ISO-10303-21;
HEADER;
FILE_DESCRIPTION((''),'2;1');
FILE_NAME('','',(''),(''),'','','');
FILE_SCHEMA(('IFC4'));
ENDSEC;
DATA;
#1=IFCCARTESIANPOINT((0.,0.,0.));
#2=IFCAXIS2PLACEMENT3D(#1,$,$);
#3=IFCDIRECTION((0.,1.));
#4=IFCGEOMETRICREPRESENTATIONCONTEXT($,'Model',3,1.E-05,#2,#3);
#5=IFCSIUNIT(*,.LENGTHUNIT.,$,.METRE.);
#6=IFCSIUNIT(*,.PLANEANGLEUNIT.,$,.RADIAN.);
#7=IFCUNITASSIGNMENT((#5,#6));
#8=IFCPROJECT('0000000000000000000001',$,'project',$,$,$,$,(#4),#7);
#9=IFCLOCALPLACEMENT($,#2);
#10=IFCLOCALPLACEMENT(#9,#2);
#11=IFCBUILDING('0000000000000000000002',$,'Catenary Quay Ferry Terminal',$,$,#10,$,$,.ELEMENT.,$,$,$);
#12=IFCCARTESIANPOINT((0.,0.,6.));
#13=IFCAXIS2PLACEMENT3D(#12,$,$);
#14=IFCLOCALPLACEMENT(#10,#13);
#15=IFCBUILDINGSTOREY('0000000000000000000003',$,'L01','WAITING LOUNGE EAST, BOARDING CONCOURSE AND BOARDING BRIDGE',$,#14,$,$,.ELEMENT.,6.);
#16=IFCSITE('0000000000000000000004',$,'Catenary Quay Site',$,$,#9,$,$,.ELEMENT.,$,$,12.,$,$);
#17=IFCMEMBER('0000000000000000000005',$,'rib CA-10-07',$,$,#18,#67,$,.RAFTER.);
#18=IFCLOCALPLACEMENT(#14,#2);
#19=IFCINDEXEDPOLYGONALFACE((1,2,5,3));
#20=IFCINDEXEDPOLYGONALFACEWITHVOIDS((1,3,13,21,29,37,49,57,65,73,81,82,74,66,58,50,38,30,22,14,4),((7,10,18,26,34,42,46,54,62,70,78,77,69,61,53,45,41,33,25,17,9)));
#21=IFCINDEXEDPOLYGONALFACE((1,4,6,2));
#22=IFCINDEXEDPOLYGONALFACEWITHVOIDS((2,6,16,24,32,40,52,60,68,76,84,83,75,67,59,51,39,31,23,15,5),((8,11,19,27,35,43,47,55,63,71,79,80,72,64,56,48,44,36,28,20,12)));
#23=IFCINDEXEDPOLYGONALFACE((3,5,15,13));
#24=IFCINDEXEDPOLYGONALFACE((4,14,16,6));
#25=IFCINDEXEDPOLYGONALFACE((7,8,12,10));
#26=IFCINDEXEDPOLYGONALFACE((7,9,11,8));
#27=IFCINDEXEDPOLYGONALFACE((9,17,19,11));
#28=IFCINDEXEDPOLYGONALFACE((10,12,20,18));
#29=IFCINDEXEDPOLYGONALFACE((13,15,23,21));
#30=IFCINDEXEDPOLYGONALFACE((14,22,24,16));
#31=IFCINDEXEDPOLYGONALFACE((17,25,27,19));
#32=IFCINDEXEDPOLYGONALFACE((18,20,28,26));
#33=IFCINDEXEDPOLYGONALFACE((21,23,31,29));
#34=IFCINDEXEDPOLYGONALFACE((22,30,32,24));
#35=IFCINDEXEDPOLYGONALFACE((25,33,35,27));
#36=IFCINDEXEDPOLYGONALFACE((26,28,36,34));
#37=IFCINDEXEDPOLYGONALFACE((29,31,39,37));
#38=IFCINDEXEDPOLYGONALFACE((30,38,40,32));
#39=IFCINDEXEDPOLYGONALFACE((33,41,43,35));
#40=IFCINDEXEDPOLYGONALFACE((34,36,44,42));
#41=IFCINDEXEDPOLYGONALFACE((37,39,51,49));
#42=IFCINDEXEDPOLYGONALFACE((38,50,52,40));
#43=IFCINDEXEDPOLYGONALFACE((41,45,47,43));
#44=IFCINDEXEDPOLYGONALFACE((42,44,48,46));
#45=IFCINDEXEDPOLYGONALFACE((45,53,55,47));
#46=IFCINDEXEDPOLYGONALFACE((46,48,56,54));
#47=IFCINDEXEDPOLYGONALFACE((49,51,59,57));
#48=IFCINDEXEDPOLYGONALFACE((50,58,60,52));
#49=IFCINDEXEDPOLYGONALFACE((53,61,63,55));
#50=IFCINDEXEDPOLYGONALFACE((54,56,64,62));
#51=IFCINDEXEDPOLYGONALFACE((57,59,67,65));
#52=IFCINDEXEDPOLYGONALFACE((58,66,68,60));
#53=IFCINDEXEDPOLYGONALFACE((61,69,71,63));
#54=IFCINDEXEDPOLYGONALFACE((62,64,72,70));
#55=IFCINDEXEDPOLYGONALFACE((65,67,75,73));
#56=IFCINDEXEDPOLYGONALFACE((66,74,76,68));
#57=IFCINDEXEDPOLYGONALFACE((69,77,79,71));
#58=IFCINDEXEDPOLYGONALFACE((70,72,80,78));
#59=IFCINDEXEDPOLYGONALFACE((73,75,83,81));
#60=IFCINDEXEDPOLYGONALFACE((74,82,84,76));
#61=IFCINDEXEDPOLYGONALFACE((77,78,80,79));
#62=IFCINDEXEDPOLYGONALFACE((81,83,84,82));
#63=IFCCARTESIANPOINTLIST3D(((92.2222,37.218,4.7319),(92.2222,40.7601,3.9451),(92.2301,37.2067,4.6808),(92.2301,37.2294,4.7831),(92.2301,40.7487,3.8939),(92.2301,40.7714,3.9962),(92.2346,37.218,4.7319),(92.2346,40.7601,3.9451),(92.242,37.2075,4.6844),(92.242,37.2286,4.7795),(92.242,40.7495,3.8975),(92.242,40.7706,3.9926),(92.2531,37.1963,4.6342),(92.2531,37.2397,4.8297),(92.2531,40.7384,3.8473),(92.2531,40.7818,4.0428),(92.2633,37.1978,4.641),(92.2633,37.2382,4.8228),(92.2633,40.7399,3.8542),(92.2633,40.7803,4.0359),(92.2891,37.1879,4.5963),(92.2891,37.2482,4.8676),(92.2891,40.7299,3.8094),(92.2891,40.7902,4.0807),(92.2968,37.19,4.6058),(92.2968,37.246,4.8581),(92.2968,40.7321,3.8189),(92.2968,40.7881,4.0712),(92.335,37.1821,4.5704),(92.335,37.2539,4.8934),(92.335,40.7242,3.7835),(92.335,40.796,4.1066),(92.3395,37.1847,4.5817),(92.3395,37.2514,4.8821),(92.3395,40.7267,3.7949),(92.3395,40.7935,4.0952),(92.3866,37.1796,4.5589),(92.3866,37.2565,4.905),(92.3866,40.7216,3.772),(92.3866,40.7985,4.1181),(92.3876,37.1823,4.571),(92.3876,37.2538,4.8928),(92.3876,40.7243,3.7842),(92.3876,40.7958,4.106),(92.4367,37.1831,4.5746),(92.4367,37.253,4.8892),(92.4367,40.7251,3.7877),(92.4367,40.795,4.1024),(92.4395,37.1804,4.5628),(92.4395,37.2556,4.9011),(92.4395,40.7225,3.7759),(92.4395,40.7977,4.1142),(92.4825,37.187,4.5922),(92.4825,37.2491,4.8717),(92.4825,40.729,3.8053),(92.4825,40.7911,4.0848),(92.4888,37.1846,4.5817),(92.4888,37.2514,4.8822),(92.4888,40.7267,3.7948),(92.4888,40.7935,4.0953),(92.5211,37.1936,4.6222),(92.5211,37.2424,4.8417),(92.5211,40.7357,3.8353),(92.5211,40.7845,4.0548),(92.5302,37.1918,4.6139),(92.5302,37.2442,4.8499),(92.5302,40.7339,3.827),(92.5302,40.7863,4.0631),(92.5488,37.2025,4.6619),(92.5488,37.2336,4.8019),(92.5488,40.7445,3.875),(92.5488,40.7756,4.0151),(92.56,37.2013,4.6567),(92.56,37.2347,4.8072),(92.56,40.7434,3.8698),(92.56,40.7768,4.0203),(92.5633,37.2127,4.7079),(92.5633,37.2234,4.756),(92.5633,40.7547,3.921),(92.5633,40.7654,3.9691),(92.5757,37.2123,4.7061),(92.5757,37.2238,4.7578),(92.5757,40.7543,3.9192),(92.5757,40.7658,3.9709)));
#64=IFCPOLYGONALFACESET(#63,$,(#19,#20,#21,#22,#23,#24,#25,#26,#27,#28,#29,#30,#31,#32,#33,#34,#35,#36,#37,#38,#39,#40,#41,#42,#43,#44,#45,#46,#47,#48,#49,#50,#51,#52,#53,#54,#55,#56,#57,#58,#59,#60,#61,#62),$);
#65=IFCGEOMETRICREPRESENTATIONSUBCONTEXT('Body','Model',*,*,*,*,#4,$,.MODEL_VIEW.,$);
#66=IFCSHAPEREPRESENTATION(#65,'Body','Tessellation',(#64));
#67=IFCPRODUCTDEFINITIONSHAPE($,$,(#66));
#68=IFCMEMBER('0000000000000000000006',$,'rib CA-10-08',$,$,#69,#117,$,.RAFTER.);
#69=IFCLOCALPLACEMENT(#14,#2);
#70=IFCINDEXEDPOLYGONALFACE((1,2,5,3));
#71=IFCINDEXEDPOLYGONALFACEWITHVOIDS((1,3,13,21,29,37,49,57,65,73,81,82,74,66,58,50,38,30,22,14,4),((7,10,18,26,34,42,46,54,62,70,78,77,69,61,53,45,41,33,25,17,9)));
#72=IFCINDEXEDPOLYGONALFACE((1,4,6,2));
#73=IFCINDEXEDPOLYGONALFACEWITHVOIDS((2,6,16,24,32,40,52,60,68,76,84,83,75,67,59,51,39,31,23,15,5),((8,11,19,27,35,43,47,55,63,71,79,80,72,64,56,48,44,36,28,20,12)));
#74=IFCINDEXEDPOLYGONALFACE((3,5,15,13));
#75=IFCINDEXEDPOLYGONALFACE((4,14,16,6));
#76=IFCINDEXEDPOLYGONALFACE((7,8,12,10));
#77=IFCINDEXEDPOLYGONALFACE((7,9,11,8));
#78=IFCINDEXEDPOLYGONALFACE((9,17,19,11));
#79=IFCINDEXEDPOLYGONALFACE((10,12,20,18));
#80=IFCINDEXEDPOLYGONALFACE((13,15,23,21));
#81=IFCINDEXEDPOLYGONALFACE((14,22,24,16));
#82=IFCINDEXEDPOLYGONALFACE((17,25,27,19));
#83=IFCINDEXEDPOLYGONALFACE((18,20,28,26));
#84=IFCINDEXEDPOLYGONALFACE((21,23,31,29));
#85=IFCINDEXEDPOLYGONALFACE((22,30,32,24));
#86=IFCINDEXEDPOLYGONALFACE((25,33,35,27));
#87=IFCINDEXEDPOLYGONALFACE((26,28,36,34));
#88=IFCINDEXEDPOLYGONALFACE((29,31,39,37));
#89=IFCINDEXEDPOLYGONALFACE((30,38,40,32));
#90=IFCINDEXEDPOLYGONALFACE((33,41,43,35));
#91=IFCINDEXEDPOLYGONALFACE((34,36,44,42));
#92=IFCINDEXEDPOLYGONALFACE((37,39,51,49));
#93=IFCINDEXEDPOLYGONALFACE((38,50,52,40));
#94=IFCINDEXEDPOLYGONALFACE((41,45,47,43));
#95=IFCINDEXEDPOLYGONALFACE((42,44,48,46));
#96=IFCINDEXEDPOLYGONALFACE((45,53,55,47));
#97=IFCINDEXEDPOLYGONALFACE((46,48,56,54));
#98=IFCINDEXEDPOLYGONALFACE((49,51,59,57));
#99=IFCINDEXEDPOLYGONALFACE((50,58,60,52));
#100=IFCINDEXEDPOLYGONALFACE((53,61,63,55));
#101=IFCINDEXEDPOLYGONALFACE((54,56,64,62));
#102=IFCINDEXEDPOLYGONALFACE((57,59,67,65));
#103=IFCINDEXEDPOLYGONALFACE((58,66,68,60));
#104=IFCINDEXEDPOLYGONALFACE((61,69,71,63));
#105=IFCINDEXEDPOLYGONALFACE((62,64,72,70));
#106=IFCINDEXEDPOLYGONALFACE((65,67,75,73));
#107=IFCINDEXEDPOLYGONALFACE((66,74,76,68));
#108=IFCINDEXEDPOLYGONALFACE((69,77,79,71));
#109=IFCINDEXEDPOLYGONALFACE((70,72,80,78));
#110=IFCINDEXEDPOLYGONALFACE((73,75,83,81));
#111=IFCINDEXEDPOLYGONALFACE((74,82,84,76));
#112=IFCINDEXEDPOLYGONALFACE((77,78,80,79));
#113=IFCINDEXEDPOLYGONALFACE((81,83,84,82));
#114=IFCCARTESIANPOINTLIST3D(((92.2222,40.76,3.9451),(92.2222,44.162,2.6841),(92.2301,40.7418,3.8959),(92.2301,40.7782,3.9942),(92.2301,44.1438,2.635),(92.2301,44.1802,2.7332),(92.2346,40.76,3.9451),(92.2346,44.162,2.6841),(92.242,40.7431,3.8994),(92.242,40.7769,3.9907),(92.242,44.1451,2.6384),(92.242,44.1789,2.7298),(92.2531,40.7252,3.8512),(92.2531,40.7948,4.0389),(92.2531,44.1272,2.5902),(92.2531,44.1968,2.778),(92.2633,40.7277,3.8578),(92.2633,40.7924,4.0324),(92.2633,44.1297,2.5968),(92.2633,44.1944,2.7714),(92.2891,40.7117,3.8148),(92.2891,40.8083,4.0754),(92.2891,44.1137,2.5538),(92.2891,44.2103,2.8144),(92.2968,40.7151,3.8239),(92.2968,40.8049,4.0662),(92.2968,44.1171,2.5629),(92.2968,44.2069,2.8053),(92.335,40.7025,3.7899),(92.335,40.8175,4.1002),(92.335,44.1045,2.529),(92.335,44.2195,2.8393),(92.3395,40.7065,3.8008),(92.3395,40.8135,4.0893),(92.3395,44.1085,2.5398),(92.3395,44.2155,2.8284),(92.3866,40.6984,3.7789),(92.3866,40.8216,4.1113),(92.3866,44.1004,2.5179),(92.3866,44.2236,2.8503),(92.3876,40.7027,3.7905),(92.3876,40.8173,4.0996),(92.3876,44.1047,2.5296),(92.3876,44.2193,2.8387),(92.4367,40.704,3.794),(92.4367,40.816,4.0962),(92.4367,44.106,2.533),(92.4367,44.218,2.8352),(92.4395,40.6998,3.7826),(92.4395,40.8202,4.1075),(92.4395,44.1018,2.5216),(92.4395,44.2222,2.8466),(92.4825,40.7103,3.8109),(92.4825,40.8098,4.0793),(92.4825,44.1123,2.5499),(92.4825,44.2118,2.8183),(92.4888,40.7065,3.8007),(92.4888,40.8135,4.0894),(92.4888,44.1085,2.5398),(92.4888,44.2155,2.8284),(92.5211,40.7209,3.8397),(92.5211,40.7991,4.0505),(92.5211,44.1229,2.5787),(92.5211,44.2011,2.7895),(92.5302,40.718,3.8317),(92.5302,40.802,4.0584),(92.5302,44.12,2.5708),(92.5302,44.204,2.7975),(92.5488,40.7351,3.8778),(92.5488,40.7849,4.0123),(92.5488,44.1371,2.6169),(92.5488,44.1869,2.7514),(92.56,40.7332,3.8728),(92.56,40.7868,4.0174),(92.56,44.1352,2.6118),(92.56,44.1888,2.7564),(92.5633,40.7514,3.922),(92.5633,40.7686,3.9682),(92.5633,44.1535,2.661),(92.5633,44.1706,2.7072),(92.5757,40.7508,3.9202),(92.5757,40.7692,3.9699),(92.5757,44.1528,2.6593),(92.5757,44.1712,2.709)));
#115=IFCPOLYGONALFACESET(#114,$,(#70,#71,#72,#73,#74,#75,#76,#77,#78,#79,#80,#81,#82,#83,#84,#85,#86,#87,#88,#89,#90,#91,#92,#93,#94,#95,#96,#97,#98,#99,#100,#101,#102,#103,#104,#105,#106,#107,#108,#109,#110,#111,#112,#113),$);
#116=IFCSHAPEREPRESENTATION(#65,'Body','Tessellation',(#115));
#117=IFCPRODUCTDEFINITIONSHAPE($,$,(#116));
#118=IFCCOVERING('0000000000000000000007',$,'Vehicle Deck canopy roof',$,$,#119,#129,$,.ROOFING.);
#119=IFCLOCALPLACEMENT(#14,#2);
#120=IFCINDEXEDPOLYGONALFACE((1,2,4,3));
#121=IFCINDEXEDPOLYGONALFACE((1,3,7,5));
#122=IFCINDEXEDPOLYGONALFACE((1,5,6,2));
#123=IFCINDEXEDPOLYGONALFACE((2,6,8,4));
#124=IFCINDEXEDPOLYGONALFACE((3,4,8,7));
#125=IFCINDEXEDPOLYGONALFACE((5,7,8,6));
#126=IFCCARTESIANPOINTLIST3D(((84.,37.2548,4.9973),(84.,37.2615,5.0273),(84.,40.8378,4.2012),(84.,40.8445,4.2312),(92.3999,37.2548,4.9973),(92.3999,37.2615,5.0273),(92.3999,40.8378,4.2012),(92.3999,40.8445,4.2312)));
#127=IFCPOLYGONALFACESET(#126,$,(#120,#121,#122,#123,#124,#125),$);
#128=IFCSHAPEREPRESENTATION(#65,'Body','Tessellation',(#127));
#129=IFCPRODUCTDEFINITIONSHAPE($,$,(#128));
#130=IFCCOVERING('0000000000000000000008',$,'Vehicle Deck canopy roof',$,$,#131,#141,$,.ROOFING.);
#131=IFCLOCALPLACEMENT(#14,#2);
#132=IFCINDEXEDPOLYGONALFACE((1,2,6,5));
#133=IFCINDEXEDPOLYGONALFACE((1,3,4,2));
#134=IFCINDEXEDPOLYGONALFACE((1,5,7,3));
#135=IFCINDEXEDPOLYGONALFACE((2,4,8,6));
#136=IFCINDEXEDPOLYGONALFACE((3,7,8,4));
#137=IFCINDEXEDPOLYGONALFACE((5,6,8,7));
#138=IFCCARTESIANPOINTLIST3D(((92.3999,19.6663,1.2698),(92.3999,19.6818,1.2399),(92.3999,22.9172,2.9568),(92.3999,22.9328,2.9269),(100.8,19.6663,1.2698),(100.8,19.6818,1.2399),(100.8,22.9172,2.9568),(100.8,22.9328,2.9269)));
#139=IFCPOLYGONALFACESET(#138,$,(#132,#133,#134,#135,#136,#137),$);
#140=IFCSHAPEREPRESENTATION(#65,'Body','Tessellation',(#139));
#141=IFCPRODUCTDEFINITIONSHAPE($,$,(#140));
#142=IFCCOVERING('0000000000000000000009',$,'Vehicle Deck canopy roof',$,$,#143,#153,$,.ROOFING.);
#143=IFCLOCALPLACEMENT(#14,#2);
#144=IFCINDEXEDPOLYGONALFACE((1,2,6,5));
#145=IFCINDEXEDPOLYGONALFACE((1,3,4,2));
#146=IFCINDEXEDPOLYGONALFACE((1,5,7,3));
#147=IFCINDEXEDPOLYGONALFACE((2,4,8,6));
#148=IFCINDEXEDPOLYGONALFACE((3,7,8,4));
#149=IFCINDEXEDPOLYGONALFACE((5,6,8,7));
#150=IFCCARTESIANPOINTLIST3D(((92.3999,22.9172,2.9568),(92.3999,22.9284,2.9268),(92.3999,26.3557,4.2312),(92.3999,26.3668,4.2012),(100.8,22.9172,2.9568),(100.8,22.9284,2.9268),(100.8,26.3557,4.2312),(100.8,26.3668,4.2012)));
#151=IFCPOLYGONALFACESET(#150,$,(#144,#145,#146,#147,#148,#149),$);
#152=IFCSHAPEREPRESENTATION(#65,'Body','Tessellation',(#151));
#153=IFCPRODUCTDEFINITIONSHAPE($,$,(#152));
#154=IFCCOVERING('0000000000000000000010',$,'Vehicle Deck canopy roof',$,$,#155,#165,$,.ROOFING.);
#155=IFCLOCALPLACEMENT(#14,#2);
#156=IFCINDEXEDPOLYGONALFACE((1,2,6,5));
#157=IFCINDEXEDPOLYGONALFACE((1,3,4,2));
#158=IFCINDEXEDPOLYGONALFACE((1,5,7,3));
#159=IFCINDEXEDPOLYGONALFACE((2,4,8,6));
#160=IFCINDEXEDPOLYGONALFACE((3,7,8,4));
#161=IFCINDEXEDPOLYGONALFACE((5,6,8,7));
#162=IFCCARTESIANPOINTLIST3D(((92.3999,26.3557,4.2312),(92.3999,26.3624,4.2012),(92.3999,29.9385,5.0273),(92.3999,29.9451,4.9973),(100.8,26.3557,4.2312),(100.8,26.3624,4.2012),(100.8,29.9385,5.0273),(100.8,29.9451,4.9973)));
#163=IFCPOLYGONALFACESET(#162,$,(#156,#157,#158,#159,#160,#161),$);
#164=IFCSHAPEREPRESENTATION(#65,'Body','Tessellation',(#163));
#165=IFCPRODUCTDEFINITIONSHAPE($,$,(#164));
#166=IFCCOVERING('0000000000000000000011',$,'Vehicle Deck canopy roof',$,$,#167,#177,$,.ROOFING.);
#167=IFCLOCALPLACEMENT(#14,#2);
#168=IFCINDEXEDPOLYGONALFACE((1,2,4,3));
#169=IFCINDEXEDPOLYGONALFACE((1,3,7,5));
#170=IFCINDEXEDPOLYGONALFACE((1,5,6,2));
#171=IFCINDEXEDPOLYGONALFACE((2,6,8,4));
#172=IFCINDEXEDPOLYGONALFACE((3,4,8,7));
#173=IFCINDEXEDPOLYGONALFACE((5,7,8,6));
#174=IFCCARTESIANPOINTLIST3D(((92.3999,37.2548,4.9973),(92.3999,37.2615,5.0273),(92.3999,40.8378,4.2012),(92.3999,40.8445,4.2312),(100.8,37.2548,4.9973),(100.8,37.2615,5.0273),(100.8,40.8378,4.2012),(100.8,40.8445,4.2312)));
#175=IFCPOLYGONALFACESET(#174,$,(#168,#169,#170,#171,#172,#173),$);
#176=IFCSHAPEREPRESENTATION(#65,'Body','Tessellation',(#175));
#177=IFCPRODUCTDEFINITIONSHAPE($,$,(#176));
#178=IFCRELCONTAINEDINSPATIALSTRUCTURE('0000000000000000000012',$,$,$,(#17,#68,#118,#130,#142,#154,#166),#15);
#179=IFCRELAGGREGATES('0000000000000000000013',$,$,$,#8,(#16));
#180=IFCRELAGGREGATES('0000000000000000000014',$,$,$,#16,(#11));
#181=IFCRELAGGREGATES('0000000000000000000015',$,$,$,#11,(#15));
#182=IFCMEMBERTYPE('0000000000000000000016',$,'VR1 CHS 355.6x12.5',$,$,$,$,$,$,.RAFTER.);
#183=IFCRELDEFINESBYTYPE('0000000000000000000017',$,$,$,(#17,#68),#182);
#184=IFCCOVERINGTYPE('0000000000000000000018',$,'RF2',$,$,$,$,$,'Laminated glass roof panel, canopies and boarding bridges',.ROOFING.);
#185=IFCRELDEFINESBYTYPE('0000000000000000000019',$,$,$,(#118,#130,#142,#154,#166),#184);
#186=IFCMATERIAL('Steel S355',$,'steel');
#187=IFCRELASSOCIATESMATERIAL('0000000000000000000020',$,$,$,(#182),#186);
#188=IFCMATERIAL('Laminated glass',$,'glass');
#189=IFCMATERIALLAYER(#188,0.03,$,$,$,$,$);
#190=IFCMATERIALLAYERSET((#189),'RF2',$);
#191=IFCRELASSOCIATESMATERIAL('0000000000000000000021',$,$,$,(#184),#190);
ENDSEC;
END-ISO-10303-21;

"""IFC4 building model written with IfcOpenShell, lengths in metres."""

from ifc_helpers import new_model, si_unit, direction, frame, origin, origin_2d, place, context, subcontext, project, spatial, polyline, hollow_circle, outline, extrude, material, layer, layer_set, material_profile, profile_set, type_object, element, save


model = new_model("IFC4")

# Units and contexts
model_context = context("Model", 3, precision=1e-05, world=origin(), true_north=direction((0.0, 1.0)))
body_context = subcontext(model_context, "Body", "Model", "MODEL_VIEW")
ifc_project = project(units=[si_unit("LENGTHUNIT", "METRE"), si_unit("PLANEANGLEUNIT", "RADIAN")], contexts=[model_context])

# Site, building, storey
site_placement = place(None, origin())
site = spatial("IfcSite", under=ifc_project, at=site_placement, Name="Catenary Quay Site", CompositionType="ELEMENT", RefElevation=12.0)
building_placement = place(site_placement, origin())
building = spatial("IfcBuilding", under=site, at=building_placement, Name="Catenary Quay Ferry Terminal", CompositionType="ELEMENT")
storey_placement = place(building_placement, frame((0.0, 0.0, 6.0)))
storey = spatial("IfcBuildingStorey", under=building, at=storey_placement, Name="L01", Description="WAITING LOUNGE EAST, BOARDING CONCOURSE AND BOARDING BRIDGE", CompositionType="ELEMENT", Elevation=6.0)

# Members
ifc_material_1 = material(Name="Steel S355", Category="steel")
ifc_material_profile_1 = material_profile(ifc_material_1, hollow_circle(Radius=0.1777, WallThickness=0.0125, at=origin_2d()), Name="CHS 355.6x12.5")
ifc_profile_set_1 = profile_set([ifc_material_profile_1], Name="Steel S355")
member_type_1 = type_object("IfcMemberType", Name="VR1 CHS 355.6x12.5", PredefinedType="RAFTER", material=ifc_profile_set_1)
member_1_placement = place(storey_placement, frame((92.3999, 37.218, 4.7319), z_axis=(0.0, 0.976201, -0.216866), x_axis=(-1.0, 0.0, 0.0)))
element("IfcMember", 1, at=member_1_placement, inside=storey, type_object=member_type_1, Name="rib CA-10-07", PredefinedType="RAFTER", context=body_context, shape_type="SweptSolid", body=[
    extrude(hollow_circle(Radius=0.1777, WallThickness=0.0125, at=origin_2d()), origin(), (0.0, 0.0, 1.0), 3.6284),
])
member_2_placement = place(storey_placement, frame((92.3999, 40.76, 3.9451), z_axis=(0.0, 0.937664, -0.347544), x_axis=(-1.0, 0.0, 0.0)))
element("IfcMember", 2, at=member_2_placement, inside=storey, type_object=member_type_1, Name="rib CA-10-08", PredefinedType="RAFTER", context=body_context, shape_type="SweptSolid", body=[
    extrude(hollow_circle(Radius=0.1777, WallThickness=0.0125, at=origin_2d()), origin(), (0.0, 0.0, 1.0), 3.6282),
])

# Coverings
ifc_material_2 = material(Name="Laminated glass", Category="glass")
ifc_layer = layer(ifc_material_2, 0.03)
ifc_layer_set = layer_set([ifc_layer], Name="RF2")
covering_type = type_object("IfcCoveringType", Name="RF2", ElementType="Laminated glass roof panel, canopies and boarding bridges", PredefinedType="ROOFING", material=ifc_layer_set)
covering_1_placement = place(storey_placement, frame((84.0, 37.2615, 5.0273), z_axis=(0.0, 0.216909, 0.976192), x_axis=(1.0, 0.0, 0.0)))
element("IfcCovering", 3, at=covering_1_placement, inside=storey, type_object=covering_type, Name="Vehicle Deck canopy roof", PredefinedType="ROOFING", context=body_context, shape_type="SweptSolid", body=[
    extrude(outline(polyline([(0.0, 0.0), (8.3999, 0.0), (8.3999, 3.6704), (0.0, 3.6704), (0.0, 0.0)])), origin(), (0.0, 0.0, -1.0), 0.0308),
])
covering_2_placement = place(storey_placement, frame((92.3999, 19.6663, 1.2698), z_axis=(0.0, -0.460601, 0.887607), x_axis=(1.0, 0.0, 0.0)))
element("IfcCovering", 4, at=covering_2_placement, inside=storey, type_object=covering_type, Name="Vehicle Deck canopy roof", PredefinedType="ROOFING", context=body_context, shape_type="SweptSolid", body=[
    extrude(outline(polyline([(0.0, 0.0), (8.4001, 0.0), (8.4001, 3.6626), (0.0, 3.6626), (0.0, 0.0)])), origin(), (0.0, 0.0, -1.0), 0.0337),
])
covering_3_placement = place(storey_placement, frame((92.3999, 22.9172, 2.9568), z_axis=(0.0, -0.347531, 0.937668), x_axis=(1.0, 0.0, 0.0)))
element("IfcCovering", 5, at=covering_3_placement, inside=storey, type_object=covering_type, Name="Vehicle Deck canopy roof", PredefinedType="ROOFING", context=body_context, shape_type="SweptSolid", body=[
    extrude(outline(polyline([(0.0, 0.0), (8.4001, 0.0), (8.4001, 3.667), (0.0, 3.667), (0.0, 0.0)])), origin(), (0.0, 0.0, -1.0), 0.032),
])
covering_4_placement = place(storey_placement, frame((92.3999, 26.3557, 4.2312), z_axis=(0.0, -0.216923, 0.976189), x_axis=(1.0, 0.0, 0.0)))
element("IfcCovering", 6, at=covering_4_placement, inside=storey, type_object=covering_type, Name="Vehicle Deck canopy roof", PredefinedType="ROOFING", context=body_context, shape_type="SweptSolid", body=[
    extrude(outline(polyline([(0.0, 0.0), (8.4001, 0.0), (8.4001, 3.6702), (0.0, 3.6702), (0.0, 0.0)])), origin(), (0.0, 0.0, -1.0), 0.0308),
])
covering_5_placement = place(storey_placement, frame((92.3999, 37.2615, 5.0273), z_axis=(0.0, 0.216909, 0.976192), x_axis=(1.0, 0.0, 0.0)))
element("IfcCovering", 7, at=covering_5_placement, inside=storey, type_object=covering_type, Name="Vehicle Deck canopy roof", PredefinedType="ROOFING", context=body_context, shape_type="SweptSolid", body=[
    extrude(outline(polyline([(0.0, 0.0), (8.4001, 0.0), (8.4001, 3.6704), (0.0, 3.6704), (0.0, 0.0)])), origin(), (0.0, 0.0, -1.0), 0.0308),
])

save(model, "model.ifc")
